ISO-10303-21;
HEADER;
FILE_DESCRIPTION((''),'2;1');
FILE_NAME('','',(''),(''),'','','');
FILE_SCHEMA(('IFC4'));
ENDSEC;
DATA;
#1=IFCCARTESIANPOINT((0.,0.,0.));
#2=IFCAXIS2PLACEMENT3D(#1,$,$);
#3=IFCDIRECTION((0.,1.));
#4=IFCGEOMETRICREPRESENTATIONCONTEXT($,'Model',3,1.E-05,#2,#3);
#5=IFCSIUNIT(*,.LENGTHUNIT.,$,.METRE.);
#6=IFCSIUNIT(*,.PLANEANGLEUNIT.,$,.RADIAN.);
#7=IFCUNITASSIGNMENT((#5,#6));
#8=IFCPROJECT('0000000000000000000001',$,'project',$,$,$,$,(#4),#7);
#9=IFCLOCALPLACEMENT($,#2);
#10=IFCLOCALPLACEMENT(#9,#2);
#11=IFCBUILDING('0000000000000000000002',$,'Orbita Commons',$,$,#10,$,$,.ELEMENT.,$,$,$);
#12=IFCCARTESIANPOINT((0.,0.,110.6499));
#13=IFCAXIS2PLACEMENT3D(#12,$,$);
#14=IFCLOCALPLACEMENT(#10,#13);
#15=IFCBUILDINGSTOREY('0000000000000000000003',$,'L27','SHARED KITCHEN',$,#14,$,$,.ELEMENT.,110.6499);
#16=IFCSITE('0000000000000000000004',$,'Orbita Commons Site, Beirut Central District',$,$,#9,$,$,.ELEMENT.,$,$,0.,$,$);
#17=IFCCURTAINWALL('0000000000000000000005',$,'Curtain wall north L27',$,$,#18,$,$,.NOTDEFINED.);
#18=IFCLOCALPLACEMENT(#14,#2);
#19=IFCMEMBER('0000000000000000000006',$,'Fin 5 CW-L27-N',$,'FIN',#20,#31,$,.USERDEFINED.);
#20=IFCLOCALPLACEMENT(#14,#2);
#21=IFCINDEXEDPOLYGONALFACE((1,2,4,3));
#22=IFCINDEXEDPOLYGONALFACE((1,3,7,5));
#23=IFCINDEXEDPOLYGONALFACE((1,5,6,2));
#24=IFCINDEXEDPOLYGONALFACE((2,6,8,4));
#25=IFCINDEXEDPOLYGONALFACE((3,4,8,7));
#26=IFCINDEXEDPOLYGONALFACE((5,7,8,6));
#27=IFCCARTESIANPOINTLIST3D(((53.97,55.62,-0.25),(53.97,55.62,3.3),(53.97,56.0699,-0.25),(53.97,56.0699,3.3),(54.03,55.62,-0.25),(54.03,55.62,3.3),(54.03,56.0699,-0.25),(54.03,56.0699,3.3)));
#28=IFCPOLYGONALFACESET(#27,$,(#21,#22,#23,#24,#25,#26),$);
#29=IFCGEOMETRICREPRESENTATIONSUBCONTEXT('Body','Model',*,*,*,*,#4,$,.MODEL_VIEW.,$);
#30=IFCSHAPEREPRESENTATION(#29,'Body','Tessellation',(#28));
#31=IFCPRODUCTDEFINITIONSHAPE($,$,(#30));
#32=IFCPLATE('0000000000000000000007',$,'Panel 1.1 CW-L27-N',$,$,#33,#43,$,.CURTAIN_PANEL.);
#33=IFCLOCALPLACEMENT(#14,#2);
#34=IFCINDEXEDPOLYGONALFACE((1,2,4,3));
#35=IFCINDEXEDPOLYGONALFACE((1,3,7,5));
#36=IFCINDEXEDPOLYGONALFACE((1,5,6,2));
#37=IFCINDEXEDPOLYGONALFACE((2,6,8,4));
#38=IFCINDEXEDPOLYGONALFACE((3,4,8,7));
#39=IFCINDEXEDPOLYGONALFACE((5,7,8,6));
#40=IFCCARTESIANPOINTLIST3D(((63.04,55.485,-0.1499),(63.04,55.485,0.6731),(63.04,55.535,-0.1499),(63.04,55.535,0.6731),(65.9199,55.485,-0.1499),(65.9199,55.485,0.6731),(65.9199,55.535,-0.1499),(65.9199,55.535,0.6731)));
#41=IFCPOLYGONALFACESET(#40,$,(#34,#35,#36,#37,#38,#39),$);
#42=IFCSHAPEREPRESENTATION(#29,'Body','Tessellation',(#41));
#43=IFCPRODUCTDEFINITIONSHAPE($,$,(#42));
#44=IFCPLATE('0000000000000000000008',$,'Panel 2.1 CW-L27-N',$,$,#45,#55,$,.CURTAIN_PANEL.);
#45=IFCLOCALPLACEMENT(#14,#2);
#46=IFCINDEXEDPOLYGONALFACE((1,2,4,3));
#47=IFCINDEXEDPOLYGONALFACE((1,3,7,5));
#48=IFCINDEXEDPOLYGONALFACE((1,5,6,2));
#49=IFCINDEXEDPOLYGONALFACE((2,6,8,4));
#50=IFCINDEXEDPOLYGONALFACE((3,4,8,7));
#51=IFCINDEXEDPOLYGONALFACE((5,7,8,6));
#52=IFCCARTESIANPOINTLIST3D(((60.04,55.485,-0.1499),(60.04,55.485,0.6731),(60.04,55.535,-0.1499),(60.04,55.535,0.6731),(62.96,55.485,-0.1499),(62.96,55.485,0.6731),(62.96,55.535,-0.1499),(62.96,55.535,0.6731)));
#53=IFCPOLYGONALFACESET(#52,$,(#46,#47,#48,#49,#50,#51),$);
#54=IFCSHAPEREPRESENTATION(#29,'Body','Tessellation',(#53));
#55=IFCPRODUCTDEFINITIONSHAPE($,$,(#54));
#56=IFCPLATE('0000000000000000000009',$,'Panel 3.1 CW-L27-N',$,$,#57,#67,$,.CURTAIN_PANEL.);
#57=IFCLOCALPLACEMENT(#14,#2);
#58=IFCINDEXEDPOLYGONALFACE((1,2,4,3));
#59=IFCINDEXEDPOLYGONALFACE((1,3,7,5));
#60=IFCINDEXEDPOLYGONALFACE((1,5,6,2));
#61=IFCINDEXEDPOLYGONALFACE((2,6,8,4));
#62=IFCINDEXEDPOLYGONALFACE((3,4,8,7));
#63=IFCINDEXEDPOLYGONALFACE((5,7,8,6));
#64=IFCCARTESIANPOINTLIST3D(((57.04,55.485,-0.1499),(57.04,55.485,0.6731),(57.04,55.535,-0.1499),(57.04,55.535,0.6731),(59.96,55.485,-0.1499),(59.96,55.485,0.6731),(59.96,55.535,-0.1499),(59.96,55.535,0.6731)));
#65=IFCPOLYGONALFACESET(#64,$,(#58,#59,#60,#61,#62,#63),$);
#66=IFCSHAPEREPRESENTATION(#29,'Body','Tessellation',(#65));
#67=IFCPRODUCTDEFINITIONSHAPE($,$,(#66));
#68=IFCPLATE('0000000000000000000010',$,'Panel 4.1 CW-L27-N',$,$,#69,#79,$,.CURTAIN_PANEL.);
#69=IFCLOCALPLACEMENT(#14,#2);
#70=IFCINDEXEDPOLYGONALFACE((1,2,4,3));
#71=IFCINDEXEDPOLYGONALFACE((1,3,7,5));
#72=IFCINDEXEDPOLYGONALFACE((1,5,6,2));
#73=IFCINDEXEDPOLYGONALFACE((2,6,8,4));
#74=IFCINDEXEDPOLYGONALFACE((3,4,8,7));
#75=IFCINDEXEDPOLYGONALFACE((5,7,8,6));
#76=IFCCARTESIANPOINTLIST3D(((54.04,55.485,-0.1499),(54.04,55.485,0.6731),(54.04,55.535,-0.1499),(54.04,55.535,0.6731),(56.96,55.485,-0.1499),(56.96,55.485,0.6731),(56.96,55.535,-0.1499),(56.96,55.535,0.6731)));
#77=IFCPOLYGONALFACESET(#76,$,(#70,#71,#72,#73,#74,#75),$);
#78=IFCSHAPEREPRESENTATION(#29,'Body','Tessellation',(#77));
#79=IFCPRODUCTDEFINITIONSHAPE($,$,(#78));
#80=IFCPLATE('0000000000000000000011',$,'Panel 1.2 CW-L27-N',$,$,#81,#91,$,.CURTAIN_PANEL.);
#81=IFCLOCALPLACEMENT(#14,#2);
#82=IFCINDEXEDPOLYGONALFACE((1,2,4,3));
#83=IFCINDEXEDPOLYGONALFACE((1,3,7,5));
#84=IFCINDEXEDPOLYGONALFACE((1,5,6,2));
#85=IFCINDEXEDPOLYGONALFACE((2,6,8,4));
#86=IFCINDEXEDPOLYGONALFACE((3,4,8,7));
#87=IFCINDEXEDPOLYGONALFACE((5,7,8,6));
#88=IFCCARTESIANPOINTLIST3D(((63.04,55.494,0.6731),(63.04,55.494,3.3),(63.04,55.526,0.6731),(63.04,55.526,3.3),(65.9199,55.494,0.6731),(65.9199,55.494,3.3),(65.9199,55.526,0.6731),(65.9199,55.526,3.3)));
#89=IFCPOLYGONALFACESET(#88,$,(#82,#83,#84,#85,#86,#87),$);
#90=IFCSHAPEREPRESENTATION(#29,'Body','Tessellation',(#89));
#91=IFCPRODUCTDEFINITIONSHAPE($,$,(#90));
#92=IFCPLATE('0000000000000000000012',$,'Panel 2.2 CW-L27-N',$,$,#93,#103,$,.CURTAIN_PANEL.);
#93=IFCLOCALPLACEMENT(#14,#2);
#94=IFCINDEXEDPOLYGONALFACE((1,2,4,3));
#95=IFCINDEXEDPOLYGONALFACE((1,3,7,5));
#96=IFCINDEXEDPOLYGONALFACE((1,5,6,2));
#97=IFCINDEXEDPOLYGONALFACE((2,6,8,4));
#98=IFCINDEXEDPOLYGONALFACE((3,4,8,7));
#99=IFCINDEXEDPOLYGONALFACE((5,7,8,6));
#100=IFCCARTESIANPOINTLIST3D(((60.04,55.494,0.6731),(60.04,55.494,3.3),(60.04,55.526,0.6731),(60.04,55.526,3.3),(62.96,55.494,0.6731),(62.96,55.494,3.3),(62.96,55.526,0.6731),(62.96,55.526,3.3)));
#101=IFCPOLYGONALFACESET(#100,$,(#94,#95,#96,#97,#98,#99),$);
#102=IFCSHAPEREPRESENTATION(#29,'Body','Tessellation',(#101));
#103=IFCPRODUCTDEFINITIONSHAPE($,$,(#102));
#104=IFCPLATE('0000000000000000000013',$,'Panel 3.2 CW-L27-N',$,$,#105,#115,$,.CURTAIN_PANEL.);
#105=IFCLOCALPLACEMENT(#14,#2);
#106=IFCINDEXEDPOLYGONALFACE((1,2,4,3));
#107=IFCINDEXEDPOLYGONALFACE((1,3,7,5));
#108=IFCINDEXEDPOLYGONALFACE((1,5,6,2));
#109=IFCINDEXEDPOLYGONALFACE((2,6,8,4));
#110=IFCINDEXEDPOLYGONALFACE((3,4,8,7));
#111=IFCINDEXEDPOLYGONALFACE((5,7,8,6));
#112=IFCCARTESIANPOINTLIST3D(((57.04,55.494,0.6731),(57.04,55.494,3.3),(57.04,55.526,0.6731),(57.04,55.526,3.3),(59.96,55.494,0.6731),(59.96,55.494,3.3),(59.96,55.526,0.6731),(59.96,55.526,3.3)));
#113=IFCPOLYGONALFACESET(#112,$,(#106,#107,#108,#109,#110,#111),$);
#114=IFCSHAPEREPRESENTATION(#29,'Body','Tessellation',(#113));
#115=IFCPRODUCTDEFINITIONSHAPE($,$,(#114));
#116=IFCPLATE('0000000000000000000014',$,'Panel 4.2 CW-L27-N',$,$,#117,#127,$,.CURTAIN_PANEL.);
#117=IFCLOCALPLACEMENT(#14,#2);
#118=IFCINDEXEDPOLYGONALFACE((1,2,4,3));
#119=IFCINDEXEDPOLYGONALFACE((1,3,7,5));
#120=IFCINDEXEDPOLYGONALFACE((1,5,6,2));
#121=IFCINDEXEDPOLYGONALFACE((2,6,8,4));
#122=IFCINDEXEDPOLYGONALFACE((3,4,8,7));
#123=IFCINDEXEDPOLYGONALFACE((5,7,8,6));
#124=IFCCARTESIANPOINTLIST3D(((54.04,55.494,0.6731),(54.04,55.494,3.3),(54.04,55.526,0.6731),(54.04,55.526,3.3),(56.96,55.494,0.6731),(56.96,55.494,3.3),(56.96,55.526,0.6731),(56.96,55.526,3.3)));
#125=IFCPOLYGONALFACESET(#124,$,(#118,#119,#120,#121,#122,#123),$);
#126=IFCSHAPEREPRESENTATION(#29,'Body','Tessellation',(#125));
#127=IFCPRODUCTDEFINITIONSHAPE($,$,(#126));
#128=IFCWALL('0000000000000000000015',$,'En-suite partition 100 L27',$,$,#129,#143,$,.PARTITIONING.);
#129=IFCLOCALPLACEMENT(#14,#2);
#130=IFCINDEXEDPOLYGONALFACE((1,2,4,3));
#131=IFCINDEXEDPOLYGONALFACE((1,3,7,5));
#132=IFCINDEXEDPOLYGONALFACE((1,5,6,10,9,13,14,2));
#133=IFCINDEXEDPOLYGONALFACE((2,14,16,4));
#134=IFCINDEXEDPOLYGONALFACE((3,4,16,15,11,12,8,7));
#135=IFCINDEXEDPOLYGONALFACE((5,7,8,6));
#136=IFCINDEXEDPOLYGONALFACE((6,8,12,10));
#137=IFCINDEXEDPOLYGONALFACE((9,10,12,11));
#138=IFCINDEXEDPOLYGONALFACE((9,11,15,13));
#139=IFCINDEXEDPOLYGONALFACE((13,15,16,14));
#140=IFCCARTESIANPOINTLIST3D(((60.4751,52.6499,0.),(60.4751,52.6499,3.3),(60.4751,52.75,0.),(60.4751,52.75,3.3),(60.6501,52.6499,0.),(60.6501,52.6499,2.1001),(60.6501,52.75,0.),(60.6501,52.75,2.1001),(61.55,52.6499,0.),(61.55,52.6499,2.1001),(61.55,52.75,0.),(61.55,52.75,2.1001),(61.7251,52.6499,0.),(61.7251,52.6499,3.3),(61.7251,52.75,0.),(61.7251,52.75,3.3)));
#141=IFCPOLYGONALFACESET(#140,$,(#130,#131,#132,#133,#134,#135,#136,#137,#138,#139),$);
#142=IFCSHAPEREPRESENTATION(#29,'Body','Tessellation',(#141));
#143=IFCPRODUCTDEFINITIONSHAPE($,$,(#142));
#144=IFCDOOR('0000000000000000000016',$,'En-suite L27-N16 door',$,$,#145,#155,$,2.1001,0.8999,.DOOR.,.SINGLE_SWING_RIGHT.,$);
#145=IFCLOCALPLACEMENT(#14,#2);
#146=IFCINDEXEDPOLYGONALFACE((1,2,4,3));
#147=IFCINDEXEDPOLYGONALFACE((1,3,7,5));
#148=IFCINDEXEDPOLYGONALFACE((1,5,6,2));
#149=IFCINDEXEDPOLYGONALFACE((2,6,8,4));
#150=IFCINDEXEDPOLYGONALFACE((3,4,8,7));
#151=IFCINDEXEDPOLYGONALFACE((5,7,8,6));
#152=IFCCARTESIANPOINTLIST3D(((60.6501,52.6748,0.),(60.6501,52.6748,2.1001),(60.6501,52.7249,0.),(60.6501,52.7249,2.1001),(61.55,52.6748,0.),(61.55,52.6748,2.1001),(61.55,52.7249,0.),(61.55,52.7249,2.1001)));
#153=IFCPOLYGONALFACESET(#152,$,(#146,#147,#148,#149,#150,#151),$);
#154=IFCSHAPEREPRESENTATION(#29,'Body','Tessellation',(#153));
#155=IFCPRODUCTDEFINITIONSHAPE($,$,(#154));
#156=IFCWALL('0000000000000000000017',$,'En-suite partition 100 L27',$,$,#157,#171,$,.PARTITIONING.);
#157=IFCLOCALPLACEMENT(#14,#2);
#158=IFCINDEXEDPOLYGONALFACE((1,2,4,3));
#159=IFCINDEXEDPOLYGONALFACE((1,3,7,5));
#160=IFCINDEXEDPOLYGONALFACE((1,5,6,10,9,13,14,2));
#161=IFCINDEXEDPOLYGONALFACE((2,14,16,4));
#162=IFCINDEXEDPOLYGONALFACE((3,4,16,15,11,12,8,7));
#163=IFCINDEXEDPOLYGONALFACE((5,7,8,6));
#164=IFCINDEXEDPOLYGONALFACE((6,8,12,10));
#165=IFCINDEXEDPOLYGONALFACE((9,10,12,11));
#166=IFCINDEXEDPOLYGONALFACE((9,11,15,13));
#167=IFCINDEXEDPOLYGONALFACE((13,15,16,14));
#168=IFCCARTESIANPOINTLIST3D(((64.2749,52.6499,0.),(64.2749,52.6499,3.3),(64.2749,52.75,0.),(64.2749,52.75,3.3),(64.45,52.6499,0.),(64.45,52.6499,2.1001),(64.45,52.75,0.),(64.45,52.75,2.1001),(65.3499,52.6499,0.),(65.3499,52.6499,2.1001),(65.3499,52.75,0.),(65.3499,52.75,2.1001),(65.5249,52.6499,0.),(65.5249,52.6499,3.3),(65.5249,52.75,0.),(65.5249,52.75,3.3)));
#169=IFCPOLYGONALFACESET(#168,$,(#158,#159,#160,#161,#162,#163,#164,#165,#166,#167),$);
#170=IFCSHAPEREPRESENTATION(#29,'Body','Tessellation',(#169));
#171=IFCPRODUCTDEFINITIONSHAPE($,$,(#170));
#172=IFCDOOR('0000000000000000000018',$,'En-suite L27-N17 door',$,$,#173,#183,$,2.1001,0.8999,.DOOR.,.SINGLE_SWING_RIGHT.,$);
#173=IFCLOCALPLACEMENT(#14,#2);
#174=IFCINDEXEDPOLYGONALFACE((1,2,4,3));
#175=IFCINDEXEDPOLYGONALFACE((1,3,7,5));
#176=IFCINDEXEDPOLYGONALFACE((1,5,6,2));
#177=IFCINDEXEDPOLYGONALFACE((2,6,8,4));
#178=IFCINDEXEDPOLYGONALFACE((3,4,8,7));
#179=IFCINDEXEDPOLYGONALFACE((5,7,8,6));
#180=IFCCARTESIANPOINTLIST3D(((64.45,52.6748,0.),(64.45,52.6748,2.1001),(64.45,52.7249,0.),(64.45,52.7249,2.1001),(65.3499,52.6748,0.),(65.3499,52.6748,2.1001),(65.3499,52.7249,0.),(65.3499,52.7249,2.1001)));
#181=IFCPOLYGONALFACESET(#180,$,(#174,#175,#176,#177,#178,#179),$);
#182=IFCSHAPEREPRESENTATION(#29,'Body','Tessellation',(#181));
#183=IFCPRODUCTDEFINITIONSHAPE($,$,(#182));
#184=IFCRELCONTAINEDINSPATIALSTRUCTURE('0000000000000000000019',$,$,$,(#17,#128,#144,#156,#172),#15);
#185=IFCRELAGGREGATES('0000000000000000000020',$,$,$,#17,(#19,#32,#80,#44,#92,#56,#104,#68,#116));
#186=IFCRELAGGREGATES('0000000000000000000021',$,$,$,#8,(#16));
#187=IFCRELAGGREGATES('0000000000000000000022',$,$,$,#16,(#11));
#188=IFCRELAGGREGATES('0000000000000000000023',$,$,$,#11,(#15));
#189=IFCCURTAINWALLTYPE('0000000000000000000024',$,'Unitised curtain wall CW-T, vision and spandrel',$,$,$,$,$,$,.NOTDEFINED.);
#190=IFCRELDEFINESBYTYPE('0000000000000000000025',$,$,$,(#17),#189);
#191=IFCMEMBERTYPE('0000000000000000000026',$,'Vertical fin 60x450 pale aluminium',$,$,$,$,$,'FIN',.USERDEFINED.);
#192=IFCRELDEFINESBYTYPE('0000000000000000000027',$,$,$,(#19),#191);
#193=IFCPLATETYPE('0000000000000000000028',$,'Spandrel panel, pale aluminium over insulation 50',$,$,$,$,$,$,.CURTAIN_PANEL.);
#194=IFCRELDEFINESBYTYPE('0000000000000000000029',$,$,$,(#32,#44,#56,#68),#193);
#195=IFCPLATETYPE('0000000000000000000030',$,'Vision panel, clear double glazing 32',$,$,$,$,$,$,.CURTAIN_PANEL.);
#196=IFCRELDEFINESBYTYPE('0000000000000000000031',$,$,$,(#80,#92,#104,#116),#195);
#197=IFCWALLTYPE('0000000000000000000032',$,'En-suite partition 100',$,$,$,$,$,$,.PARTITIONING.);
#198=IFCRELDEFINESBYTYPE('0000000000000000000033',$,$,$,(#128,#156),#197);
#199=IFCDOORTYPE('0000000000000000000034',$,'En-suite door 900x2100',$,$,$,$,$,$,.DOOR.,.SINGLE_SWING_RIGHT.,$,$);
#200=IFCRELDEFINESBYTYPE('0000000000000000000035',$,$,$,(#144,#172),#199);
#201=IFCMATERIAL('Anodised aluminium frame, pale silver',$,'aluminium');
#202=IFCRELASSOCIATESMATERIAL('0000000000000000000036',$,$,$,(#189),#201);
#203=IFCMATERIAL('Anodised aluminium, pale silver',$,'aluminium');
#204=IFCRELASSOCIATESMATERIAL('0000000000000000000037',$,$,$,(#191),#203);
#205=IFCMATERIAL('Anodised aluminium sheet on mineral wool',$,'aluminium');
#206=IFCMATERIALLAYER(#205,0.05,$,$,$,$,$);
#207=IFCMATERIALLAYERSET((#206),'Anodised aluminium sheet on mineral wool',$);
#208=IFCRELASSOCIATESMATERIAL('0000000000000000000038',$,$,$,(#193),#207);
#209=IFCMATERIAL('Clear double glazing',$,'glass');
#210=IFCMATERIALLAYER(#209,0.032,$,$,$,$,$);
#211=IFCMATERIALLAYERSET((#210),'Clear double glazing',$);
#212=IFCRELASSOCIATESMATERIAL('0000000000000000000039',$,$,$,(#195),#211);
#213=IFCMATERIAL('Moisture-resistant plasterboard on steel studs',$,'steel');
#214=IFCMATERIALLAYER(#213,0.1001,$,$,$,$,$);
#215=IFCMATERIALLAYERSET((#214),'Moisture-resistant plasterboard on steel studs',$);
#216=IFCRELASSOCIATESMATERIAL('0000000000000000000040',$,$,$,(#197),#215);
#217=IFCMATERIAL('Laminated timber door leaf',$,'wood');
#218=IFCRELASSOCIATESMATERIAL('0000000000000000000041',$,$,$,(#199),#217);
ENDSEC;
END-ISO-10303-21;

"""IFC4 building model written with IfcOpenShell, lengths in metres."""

from ifc_helpers import new_model, si_unit, direction, frame, frame_2d, origin, origin_2d, place, context, subcontext, project, spatial, rectangle, extrude, material, layer, layer_set, material_profile, profile_set, type_object, element, fill, aggregate, save


model = new_model("IFC4")

# Units and contexts
model_context = context("Model", 3, precision=1e-05, world=origin(), true_north=direction((0.0, 1.0)))
body_context = subcontext(model_context, "Body", "Model", "MODEL_VIEW")
ifc_project = project(units=[si_unit("LENGTHUNIT", "METRE"), si_unit("PLANEANGLEUNIT", "RADIAN")], contexts=[model_context])

# Site, building, storey
site_placement = place(None, origin())
site = spatial("IfcSite", under=ifc_project, at=site_placement, Name="Orbita Commons Site, Beirut Central District", CompositionType="ELEMENT", RefElevation=0.0)
building_placement = place(site_placement, origin())
building = spatial("IfcBuilding", under=site, at=building_placement, Name="Orbita Commons", CompositionType="ELEMENT")
storey_placement = place(building_placement, frame((0.0, 0.0, 110.6499)))
storey = spatial("IfcBuildingStorey", under=building, at=storey_placement, Name="L27", Description="SHARED KITCHEN", CompositionType="ELEMENT", Elevation=110.6499)

# Curtain wall
ifc_material_1 = material(Name="Anodised aluminium frame, pale silver", Category="aluminium")
curtain_wall_type = type_object("IfcCurtainWallType", Name="Unitised curtain wall CW-T, vision and spandrel", PredefinedType="NOTDEFINED", material=ifc_material_1)
curtain_wall_placement = place(storey_placement, origin())
curtain_wall = element("IfcCurtainWall", 1, at=curtain_wall_placement, inside=storey, type_object=curtain_wall_type, Name="Curtain wall north L27", PredefinedType="NOTDEFINED")

# Member
ifc_material_2 = material(Name="Anodised aluminium, pale silver", Category="aluminium")
ifc_material_profile_1 = material_profile(ifc_material_2, rectangle(XDim=0.0601, YDim=0.45, at=origin_2d()), Name="FIN 60x450")
ifc_profile_set_1 = profile_set([ifc_material_profile_1], Name="Anodised aluminium, pale silver")
member_type_1 = type_object("IfcMemberType", Name="Vertical fin 60x450 pale aluminium", ElementType="FIN", PredefinedType="USERDEFINED", material=ifc_profile_set_1)
member_1_placement = place(storey_placement, frame((54.0, 55.845, -0.25), z_axis=(0.0, 0.0, 1.0), x_axis=(-1.0, 0.0, 0.0)))
member_1 = element("IfcMember", 2, at=member_1_placement, type_object=member_type_1, Name="Fin 5 CW-L27-N", ObjectType="FIN", PredefinedType="USERDEFINED", context=body_context, shape_type="SweptSolid", body=[
    extrude(rectangle(XDim=0.0601, YDim=0.45, at=origin_2d()), origin(), (0.0, 0.0, 1.0), 3.55),
])

# Plates
ifc_material_3 = material(Name="Anodised aluminium sheet on mineral wool", Category="aluminium")
ifc_layer_1 = layer(ifc_material_3, 0.05)
ifc_layer_set_1 = layer_set([ifc_layer_1], Name="Anodised aluminium sheet on mineral wool")
plate_type_1 = type_object("IfcPlateType", Name="Spandrel panel, pale aluminium over insulation 50", PredefinedType="CURTAIN_PANEL", material=ifc_layer_set_1)
plate_1_placement = place(storey_placement, frame((64.48, 55.51, -0.1499), z_axis=(0.0, 0.0, 1.0), x_axis=(-1.0, 0.0, 0.0)))
plate_1 = element("IfcPlate", 3, at=plate_1_placement, type_object=plate_type_1, Name="Panel 1.1 CW-L27-N", PredefinedType="CURTAIN_PANEL", context=body_context, shape_type="SweptSolid", body=[
    extrude(rectangle(XDim=2.8799, YDim=0.05, at=origin_2d()), origin(), (0.0, 0.0, 1.0), 0.823),
])
plate_2_placement = place(storey_placement, frame((61.5, 55.51, -0.1499), z_axis=(0.0, 0.0, 1.0), x_axis=(-1.0, 0.0, 0.0)))
plate_2 = element("IfcPlate", 4, at=plate_2_placement, type_object=plate_type_1, Name="Panel 2.1 CW-L27-N", PredefinedType="CURTAIN_PANEL", context=body_context, shape_type="SweptSolid", body=[
    extrude(rectangle(XDim=2.9199, YDim=0.05, at=origin_2d()), origin(), (0.0, 0.0, 1.0), 0.823),
])
plate_3_placement = place(storey_placement, frame((58.5, 55.51, -0.1499), z_axis=(0.0, 0.0, 1.0), x_axis=(-1.0, 0.0, 0.0)))
plate_3 = element("IfcPlate", 5, at=plate_3_placement, type_object=plate_type_1, Name="Panel 3.1 CW-L27-N", PredefinedType="CURTAIN_PANEL", context=body_context, shape_type="SweptSolid", body=[
    extrude(rectangle(XDim=2.9199, YDim=0.05, at=origin_2d()), origin(), (0.0, 0.0, 1.0), 0.823),
])
plate_4_placement = place(storey_placement, frame((55.5, 55.51, -0.1499), z_axis=(0.0, 0.0, 1.0), x_axis=(-1.0, 0.0, 0.0)))
plate_4 = element("IfcPlate", 6, at=plate_4_placement, type_object=plate_type_1, Name="Panel 4.1 CW-L27-N", PredefinedType="CURTAIN_PANEL", context=body_context, shape_type="SweptSolid", body=[
    extrude(rectangle(XDim=2.9199, YDim=0.05, at=origin_2d()), origin(), (0.0, 0.0, 1.0), 0.823),
])
ifc_material_4 = material(Name="Clear double glazing", Category="glass")
ifc_layer_2 = layer(ifc_material_4, 0.032)
ifc_layer_set_2 = layer_set([ifc_layer_2], Name="Clear double glazing")
plate_type_2 = type_object("IfcPlateType", Name="Vision panel, clear double glazing 32", PredefinedType="CURTAIN_PANEL", material=ifc_layer_set_2)
plate_5_placement = place(storey_placement, frame((64.48, 55.51, 0.6731), z_axis=(0.0, 0.0, 1.0), x_axis=(-1.0, 0.0, 0.0)))
plate_5 = element("IfcPlate", 7, at=plate_5_placement, type_object=plate_type_2, Name="Panel 1.2 CW-L27-N", PredefinedType="CURTAIN_PANEL", context=body_context, shape_type="SweptSolid", body=[
    extrude(rectangle(XDim=2.8799, YDim=0.032, at=origin_2d()), origin(), (0.0, 0.0, 1.0), 2.627),
])
plate_6_placement = place(storey_placement, frame((61.5, 55.51, 0.6731), z_axis=(0.0, 0.0, 1.0), x_axis=(-1.0, 0.0, 0.0)))
plate_6 = element("IfcPlate", 8, at=plate_6_placement, type_object=plate_type_2, Name="Panel 2.2 CW-L27-N", PredefinedType="CURTAIN_PANEL", context=body_context, shape_type="SweptSolid", body=[
    extrude(rectangle(XDim=2.9199, YDim=0.032, at=origin_2d()), origin(), (0.0, 0.0, 1.0), 2.627),
])
plate_7_placement = place(storey_placement, frame((58.5, 55.51, 0.6731), z_axis=(0.0, 0.0, 1.0), x_axis=(-1.0, 0.0, 0.0)))
plate_7 = element("IfcPlate", 9, at=plate_7_placement, type_object=plate_type_2, Name="Panel 3.2 CW-L27-N", PredefinedType="CURTAIN_PANEL", context=body_context, shape_type="SweptSolid", body=[
    extrude(rectangle(XDim=2.9199, YDim=0.032, at=origin_2d()), origin(), (0.0, 0.0, 1.0), 2.627),
])
plate_8_placement = place(storey_placement, frame((55.5, 55.51, 0.6731), z_axis=(0.0, 0.0, 1.0), x_axis=(-1.0, 0.0, 0.0)))
plate_8 = element("IfcPlate", 10, at=plate_8_placement, type_object=plate_type_2, Name="Panel 4.2 CW-L27-N", PredefinedType="CURTAIN_PANEL", context=body_context, shape_type="SweptSolid", body=[
    extrude(rectangle(XDim=2.9199, YDim=0.032, at=origin_2d()), origin(), (0.0, 0.0, 1.0), 2.627),
])
aggregate(curtain_wall, [member_1, plate_1, plate_5, plate_2, plate_6, plate_3, plate_7, plate_4, plate_8])

# Walls, openings, doors
ifc_material_5 = material(Name="Moisture-resistant plasterboard on steel studs", Category="steel")
ifc_layer_3 = layer(ifc_material_5, 0.1001)
ifc_layer_set_3 = layer_set([ifc_layer_3], Name="Moisture-resistant plasterboard on steel studs")
wall_type_1 = type_object("IfcWallType", Name="En-suite partition 100", PredefinedType="PARTITIONING", material=ifc_layer_set_3)
wall_1_placement = place(storey_placement, frame((60.4751, 52.7, 0.0), z_axis=(0.0, 0.0, 1.0), x_axis=(1.0, 0.0, 0.0)))
wall_1 = element("IfcWall", 11, at=wall_1_placement, inside=storey, type_object=wall_type_1, Name="En-suite partition 100 L27", PredefinedType="PARTITIONING", context=body_context, shape_type="SweptSolid", body=[
    extrude(rectangle(XDim=1.25, YDim=0.1001, at=frame_2d((0.625, 0.0))), origin(), (0.0, 0.0, 1.0), 3.3),
])
opening_1_placement = place(wall_1_placement, frame((0.175, 0.0, 0.0)))
opening_1 = element("IfcOpeningElement", 12, at=opening_1_placement, cuts=wall_1, PredefinedType="OPENING", context=body_context, shape_type="SweptSolid", body=[
    extrude(rectangle(XDim=0.8999, YDim=2.1001, at=frame_2d((0.45, 1.05))), frame((0.0, 0.0601, 0.0), z_axis=(0.0, -1.0, 0.0), x_axis=(1.0, 0.0, 0.0)), (0.0, 0.0, 1.0), 0.1201),
])
ifc_material_6 = material(Name="Laminated timber door leaf", Category="wood")
door_type = type_object("IfcDoorType", Name="En-suite door 900x2100", OperationType="SINGLE_SWING_RIGHT", PredefinedType="DOOR", material=ifc_material_6)
door_1_placement = place(opening_1_placement, origin())
door_1 = element("IfcDoor", 13, at=door_1_placement, inside=storey, type_object=door_type, Name="En-suite L27-N16 door", OperationType="SINGLE_SWING_RIGHT", OverallHeight=2.1001, OverallWidth=0.8999, PredefinedType="DOOR", context=body_context, shape_type="SweptSolid", body=[
    extrude(rectangle(XDim=0.8999, YDim=2.1001, at=frame_2d((0.45, 1.05))), frame((0.0, 0.0249, 0.0), z_axis=(0.0, -1.0, 0.0), x_axis=(1.0, 0.0, 0.0)), (0.0, 0.0, 1.0), 0.05),
])
fill(opening_1, door_1)
wall_2_placement = place(storey_placement, frame((64.2749, 52.7, 0.0), z_axis=(0.0, 0.0, 1.0), x_axis=(1.0, 0.0, 0.0)))
wall_2 = element("IfcWall", 14, at=wall_2_placement, inside=storey, type_object=wall_type_1, Name="En-suite partition 100 L27", PredefinedType="PARTITIONING", context=body_context, shape_type="SweptSolid", body=[
    extrude(rectangle(XDim=1.25, YDim=0.1001, at=frame_2d((0.625, 0.0))), origin(), (0.0, 0.0, 1.0), 3.3),
])
opening_2_placement = place(wall_2_placement, frame((0.175, 0.0, 0.0)))
opening_2 = element("IfcOpeningElement", 15, at=opening_2_placement, cuts=wall_2, PredefinedType="OPENING", context=body_context, shape_type="SweptSolid", body=[
    extrude(rectangle(XDim=0.8999, YDim=2.1001, at=frame_2d((0.45, 1.05))), frame((0.0, 0.0601, 0.0), z_axis=(0.0, -1.0, 0.0), x_axis=(1.0, 0.0, 0.0)), (0.0, 0.0, 1.0), 0.1201),
])
door_2_placement = place(opening_2_placement, origin())
door_2 = element("IfcDoor", 16, at=door_2_placement, inside=storey, type_object=door_type, Name="En-suite L27-N17 door", OperationType="SINGLE_SWING_RIGHT", OverallHeight=2.1001, OverallWidth=0.8999, PredefinedType="DOOR", context=body_context, shape_type="SweptSolid", body=[
    extrude(rectangle(XDim=0.8999, YDim=2.1001, at=frame_2d((0.45, 1.05))), frame((0.0, 0.0249, 0.0), z_axis=(0.0, -1.0, 0.0), x_axis=(1.0, 0.0, 0.0)), (0.0, 0.0, 1.0), 0.05),
])
fill(opening_2, door_2)

save(model, "model.ifc")
